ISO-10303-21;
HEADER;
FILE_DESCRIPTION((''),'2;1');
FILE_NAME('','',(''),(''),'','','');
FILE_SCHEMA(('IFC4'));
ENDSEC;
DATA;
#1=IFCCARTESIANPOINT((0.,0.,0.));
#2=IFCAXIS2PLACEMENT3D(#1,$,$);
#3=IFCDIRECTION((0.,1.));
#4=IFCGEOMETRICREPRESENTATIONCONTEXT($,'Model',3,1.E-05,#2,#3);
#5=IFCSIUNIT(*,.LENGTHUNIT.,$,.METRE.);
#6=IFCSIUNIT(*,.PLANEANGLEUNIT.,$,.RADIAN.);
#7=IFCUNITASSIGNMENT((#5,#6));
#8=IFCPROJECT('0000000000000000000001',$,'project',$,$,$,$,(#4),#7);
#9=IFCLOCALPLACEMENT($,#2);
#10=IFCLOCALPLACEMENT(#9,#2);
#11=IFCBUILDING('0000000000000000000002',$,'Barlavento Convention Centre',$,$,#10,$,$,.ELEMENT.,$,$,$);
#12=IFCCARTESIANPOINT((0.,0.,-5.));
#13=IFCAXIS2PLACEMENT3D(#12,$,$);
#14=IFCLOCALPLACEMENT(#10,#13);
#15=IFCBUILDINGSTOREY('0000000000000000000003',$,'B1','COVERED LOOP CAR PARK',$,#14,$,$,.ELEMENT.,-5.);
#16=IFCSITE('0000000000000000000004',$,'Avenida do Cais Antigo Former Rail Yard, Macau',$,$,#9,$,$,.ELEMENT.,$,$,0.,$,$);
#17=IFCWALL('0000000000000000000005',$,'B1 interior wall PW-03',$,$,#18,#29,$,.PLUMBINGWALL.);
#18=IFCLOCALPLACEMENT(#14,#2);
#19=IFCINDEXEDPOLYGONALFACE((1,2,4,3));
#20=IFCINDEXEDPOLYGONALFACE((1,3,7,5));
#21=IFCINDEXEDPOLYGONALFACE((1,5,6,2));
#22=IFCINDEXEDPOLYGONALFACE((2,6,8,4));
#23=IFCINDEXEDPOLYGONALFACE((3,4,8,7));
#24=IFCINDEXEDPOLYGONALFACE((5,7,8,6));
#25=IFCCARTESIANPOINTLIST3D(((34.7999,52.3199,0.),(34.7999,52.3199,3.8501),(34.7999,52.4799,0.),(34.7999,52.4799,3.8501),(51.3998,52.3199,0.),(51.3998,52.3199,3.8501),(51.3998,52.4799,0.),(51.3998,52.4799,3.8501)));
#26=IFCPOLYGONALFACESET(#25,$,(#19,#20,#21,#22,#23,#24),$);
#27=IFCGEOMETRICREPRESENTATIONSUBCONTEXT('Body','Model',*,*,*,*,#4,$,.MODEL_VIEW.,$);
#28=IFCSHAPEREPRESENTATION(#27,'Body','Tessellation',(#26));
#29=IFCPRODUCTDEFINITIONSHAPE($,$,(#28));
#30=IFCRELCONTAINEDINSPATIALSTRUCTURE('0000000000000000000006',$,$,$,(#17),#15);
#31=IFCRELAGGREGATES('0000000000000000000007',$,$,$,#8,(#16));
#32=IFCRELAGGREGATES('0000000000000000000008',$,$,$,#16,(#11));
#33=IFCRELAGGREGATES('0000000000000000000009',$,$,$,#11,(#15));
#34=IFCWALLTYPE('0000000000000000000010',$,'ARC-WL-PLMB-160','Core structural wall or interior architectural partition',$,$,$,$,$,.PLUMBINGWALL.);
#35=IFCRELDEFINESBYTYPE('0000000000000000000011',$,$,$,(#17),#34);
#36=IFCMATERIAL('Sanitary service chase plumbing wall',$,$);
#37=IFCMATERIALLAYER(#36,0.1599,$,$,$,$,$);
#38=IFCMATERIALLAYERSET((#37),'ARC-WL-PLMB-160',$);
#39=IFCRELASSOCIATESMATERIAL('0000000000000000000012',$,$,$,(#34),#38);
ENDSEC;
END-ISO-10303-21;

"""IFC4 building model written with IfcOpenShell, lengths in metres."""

from ifc_helpers import new_model, si_unit, direction, frame, frame_2d, origin, place, context, subcontext, project, spatial, rectangle, extrude, material, layer, layer_set, type_object, element, save


model = new_model("IFC4")

# Units and contexts
model_context = context("Model", 3, precision=1e-05, world=origin(), true_north=direction((0.0, 1.0)))
body_context = subcontext(model_context, "Body", "Model", "MODEL_VIEW")
ifc_project = project(units=[si_unit("LENGTHUNIT", "METRE"), si_unit("PLANEANGLEUNIT", "RADIAN")], contexts=[model_context])

# Site, building, storey
site_placement = place(None, origin())
site = spatial("IfcSite", under=ifc_project, at=site_placement, Name="Avenida do Cais Antigo Former Rail Yard, Macau", CompositionType="ELEMENT", RefElevation=0.0)
building_placement = place(site_placement, origin())
building = spatial("IfcBuilding", under=site, at=building_placement, Name="Barlavento Convention Centre", CompositionType="ELEMENT")
storey_placement = place(building_placement, frame((0.0, 0.0, -5.0)))
storey = spatial("IfcBuildingStorey", under=building, at=storey_placement, Name="B1", Description="COVERED LOOP CAR PARK", CompositionType="ELEMENT", Elevation=-5.0)

# Wall
ifc_material_1 = material(Name="Sanitary service chase plumbing wall")
ifc_layer = layer(ifc_material_1, 0.1599)
ifc_layer_set = layer_set([ifc_layer], Name="ARC-WL-PLMB-160")
wall_type = type_object("IfcWallType", Name="ARC-WL-PLMB-160", Description="Core structural wall or interior architectural partition", PredefinedType="PLUMBINGWALL", material=ifc_layer_set)
wall_placement = place(storey_placement, frame((34.8, 52.3999, 0.0), z_axis=(0.0, 0.0, 1.0), x_axis=(1.0, 0.0, 0.0)))
element("IfcWall", 1, at=wall_placement, inside=storey, type_object=wall_type, Name="B1 interior wall PW-03", PredefinedType="PLUMBINGWALL", context=body_context, shape_type="SweptSolid", body=[
    extrude(rectangle(XDim=16.5999, YDim=0.1599, at=frame_2d((8.2998, 0.0))), origin(), (0.0, 0.0, 1.0), 3.8501),
])

save(model, "model.ifc")
